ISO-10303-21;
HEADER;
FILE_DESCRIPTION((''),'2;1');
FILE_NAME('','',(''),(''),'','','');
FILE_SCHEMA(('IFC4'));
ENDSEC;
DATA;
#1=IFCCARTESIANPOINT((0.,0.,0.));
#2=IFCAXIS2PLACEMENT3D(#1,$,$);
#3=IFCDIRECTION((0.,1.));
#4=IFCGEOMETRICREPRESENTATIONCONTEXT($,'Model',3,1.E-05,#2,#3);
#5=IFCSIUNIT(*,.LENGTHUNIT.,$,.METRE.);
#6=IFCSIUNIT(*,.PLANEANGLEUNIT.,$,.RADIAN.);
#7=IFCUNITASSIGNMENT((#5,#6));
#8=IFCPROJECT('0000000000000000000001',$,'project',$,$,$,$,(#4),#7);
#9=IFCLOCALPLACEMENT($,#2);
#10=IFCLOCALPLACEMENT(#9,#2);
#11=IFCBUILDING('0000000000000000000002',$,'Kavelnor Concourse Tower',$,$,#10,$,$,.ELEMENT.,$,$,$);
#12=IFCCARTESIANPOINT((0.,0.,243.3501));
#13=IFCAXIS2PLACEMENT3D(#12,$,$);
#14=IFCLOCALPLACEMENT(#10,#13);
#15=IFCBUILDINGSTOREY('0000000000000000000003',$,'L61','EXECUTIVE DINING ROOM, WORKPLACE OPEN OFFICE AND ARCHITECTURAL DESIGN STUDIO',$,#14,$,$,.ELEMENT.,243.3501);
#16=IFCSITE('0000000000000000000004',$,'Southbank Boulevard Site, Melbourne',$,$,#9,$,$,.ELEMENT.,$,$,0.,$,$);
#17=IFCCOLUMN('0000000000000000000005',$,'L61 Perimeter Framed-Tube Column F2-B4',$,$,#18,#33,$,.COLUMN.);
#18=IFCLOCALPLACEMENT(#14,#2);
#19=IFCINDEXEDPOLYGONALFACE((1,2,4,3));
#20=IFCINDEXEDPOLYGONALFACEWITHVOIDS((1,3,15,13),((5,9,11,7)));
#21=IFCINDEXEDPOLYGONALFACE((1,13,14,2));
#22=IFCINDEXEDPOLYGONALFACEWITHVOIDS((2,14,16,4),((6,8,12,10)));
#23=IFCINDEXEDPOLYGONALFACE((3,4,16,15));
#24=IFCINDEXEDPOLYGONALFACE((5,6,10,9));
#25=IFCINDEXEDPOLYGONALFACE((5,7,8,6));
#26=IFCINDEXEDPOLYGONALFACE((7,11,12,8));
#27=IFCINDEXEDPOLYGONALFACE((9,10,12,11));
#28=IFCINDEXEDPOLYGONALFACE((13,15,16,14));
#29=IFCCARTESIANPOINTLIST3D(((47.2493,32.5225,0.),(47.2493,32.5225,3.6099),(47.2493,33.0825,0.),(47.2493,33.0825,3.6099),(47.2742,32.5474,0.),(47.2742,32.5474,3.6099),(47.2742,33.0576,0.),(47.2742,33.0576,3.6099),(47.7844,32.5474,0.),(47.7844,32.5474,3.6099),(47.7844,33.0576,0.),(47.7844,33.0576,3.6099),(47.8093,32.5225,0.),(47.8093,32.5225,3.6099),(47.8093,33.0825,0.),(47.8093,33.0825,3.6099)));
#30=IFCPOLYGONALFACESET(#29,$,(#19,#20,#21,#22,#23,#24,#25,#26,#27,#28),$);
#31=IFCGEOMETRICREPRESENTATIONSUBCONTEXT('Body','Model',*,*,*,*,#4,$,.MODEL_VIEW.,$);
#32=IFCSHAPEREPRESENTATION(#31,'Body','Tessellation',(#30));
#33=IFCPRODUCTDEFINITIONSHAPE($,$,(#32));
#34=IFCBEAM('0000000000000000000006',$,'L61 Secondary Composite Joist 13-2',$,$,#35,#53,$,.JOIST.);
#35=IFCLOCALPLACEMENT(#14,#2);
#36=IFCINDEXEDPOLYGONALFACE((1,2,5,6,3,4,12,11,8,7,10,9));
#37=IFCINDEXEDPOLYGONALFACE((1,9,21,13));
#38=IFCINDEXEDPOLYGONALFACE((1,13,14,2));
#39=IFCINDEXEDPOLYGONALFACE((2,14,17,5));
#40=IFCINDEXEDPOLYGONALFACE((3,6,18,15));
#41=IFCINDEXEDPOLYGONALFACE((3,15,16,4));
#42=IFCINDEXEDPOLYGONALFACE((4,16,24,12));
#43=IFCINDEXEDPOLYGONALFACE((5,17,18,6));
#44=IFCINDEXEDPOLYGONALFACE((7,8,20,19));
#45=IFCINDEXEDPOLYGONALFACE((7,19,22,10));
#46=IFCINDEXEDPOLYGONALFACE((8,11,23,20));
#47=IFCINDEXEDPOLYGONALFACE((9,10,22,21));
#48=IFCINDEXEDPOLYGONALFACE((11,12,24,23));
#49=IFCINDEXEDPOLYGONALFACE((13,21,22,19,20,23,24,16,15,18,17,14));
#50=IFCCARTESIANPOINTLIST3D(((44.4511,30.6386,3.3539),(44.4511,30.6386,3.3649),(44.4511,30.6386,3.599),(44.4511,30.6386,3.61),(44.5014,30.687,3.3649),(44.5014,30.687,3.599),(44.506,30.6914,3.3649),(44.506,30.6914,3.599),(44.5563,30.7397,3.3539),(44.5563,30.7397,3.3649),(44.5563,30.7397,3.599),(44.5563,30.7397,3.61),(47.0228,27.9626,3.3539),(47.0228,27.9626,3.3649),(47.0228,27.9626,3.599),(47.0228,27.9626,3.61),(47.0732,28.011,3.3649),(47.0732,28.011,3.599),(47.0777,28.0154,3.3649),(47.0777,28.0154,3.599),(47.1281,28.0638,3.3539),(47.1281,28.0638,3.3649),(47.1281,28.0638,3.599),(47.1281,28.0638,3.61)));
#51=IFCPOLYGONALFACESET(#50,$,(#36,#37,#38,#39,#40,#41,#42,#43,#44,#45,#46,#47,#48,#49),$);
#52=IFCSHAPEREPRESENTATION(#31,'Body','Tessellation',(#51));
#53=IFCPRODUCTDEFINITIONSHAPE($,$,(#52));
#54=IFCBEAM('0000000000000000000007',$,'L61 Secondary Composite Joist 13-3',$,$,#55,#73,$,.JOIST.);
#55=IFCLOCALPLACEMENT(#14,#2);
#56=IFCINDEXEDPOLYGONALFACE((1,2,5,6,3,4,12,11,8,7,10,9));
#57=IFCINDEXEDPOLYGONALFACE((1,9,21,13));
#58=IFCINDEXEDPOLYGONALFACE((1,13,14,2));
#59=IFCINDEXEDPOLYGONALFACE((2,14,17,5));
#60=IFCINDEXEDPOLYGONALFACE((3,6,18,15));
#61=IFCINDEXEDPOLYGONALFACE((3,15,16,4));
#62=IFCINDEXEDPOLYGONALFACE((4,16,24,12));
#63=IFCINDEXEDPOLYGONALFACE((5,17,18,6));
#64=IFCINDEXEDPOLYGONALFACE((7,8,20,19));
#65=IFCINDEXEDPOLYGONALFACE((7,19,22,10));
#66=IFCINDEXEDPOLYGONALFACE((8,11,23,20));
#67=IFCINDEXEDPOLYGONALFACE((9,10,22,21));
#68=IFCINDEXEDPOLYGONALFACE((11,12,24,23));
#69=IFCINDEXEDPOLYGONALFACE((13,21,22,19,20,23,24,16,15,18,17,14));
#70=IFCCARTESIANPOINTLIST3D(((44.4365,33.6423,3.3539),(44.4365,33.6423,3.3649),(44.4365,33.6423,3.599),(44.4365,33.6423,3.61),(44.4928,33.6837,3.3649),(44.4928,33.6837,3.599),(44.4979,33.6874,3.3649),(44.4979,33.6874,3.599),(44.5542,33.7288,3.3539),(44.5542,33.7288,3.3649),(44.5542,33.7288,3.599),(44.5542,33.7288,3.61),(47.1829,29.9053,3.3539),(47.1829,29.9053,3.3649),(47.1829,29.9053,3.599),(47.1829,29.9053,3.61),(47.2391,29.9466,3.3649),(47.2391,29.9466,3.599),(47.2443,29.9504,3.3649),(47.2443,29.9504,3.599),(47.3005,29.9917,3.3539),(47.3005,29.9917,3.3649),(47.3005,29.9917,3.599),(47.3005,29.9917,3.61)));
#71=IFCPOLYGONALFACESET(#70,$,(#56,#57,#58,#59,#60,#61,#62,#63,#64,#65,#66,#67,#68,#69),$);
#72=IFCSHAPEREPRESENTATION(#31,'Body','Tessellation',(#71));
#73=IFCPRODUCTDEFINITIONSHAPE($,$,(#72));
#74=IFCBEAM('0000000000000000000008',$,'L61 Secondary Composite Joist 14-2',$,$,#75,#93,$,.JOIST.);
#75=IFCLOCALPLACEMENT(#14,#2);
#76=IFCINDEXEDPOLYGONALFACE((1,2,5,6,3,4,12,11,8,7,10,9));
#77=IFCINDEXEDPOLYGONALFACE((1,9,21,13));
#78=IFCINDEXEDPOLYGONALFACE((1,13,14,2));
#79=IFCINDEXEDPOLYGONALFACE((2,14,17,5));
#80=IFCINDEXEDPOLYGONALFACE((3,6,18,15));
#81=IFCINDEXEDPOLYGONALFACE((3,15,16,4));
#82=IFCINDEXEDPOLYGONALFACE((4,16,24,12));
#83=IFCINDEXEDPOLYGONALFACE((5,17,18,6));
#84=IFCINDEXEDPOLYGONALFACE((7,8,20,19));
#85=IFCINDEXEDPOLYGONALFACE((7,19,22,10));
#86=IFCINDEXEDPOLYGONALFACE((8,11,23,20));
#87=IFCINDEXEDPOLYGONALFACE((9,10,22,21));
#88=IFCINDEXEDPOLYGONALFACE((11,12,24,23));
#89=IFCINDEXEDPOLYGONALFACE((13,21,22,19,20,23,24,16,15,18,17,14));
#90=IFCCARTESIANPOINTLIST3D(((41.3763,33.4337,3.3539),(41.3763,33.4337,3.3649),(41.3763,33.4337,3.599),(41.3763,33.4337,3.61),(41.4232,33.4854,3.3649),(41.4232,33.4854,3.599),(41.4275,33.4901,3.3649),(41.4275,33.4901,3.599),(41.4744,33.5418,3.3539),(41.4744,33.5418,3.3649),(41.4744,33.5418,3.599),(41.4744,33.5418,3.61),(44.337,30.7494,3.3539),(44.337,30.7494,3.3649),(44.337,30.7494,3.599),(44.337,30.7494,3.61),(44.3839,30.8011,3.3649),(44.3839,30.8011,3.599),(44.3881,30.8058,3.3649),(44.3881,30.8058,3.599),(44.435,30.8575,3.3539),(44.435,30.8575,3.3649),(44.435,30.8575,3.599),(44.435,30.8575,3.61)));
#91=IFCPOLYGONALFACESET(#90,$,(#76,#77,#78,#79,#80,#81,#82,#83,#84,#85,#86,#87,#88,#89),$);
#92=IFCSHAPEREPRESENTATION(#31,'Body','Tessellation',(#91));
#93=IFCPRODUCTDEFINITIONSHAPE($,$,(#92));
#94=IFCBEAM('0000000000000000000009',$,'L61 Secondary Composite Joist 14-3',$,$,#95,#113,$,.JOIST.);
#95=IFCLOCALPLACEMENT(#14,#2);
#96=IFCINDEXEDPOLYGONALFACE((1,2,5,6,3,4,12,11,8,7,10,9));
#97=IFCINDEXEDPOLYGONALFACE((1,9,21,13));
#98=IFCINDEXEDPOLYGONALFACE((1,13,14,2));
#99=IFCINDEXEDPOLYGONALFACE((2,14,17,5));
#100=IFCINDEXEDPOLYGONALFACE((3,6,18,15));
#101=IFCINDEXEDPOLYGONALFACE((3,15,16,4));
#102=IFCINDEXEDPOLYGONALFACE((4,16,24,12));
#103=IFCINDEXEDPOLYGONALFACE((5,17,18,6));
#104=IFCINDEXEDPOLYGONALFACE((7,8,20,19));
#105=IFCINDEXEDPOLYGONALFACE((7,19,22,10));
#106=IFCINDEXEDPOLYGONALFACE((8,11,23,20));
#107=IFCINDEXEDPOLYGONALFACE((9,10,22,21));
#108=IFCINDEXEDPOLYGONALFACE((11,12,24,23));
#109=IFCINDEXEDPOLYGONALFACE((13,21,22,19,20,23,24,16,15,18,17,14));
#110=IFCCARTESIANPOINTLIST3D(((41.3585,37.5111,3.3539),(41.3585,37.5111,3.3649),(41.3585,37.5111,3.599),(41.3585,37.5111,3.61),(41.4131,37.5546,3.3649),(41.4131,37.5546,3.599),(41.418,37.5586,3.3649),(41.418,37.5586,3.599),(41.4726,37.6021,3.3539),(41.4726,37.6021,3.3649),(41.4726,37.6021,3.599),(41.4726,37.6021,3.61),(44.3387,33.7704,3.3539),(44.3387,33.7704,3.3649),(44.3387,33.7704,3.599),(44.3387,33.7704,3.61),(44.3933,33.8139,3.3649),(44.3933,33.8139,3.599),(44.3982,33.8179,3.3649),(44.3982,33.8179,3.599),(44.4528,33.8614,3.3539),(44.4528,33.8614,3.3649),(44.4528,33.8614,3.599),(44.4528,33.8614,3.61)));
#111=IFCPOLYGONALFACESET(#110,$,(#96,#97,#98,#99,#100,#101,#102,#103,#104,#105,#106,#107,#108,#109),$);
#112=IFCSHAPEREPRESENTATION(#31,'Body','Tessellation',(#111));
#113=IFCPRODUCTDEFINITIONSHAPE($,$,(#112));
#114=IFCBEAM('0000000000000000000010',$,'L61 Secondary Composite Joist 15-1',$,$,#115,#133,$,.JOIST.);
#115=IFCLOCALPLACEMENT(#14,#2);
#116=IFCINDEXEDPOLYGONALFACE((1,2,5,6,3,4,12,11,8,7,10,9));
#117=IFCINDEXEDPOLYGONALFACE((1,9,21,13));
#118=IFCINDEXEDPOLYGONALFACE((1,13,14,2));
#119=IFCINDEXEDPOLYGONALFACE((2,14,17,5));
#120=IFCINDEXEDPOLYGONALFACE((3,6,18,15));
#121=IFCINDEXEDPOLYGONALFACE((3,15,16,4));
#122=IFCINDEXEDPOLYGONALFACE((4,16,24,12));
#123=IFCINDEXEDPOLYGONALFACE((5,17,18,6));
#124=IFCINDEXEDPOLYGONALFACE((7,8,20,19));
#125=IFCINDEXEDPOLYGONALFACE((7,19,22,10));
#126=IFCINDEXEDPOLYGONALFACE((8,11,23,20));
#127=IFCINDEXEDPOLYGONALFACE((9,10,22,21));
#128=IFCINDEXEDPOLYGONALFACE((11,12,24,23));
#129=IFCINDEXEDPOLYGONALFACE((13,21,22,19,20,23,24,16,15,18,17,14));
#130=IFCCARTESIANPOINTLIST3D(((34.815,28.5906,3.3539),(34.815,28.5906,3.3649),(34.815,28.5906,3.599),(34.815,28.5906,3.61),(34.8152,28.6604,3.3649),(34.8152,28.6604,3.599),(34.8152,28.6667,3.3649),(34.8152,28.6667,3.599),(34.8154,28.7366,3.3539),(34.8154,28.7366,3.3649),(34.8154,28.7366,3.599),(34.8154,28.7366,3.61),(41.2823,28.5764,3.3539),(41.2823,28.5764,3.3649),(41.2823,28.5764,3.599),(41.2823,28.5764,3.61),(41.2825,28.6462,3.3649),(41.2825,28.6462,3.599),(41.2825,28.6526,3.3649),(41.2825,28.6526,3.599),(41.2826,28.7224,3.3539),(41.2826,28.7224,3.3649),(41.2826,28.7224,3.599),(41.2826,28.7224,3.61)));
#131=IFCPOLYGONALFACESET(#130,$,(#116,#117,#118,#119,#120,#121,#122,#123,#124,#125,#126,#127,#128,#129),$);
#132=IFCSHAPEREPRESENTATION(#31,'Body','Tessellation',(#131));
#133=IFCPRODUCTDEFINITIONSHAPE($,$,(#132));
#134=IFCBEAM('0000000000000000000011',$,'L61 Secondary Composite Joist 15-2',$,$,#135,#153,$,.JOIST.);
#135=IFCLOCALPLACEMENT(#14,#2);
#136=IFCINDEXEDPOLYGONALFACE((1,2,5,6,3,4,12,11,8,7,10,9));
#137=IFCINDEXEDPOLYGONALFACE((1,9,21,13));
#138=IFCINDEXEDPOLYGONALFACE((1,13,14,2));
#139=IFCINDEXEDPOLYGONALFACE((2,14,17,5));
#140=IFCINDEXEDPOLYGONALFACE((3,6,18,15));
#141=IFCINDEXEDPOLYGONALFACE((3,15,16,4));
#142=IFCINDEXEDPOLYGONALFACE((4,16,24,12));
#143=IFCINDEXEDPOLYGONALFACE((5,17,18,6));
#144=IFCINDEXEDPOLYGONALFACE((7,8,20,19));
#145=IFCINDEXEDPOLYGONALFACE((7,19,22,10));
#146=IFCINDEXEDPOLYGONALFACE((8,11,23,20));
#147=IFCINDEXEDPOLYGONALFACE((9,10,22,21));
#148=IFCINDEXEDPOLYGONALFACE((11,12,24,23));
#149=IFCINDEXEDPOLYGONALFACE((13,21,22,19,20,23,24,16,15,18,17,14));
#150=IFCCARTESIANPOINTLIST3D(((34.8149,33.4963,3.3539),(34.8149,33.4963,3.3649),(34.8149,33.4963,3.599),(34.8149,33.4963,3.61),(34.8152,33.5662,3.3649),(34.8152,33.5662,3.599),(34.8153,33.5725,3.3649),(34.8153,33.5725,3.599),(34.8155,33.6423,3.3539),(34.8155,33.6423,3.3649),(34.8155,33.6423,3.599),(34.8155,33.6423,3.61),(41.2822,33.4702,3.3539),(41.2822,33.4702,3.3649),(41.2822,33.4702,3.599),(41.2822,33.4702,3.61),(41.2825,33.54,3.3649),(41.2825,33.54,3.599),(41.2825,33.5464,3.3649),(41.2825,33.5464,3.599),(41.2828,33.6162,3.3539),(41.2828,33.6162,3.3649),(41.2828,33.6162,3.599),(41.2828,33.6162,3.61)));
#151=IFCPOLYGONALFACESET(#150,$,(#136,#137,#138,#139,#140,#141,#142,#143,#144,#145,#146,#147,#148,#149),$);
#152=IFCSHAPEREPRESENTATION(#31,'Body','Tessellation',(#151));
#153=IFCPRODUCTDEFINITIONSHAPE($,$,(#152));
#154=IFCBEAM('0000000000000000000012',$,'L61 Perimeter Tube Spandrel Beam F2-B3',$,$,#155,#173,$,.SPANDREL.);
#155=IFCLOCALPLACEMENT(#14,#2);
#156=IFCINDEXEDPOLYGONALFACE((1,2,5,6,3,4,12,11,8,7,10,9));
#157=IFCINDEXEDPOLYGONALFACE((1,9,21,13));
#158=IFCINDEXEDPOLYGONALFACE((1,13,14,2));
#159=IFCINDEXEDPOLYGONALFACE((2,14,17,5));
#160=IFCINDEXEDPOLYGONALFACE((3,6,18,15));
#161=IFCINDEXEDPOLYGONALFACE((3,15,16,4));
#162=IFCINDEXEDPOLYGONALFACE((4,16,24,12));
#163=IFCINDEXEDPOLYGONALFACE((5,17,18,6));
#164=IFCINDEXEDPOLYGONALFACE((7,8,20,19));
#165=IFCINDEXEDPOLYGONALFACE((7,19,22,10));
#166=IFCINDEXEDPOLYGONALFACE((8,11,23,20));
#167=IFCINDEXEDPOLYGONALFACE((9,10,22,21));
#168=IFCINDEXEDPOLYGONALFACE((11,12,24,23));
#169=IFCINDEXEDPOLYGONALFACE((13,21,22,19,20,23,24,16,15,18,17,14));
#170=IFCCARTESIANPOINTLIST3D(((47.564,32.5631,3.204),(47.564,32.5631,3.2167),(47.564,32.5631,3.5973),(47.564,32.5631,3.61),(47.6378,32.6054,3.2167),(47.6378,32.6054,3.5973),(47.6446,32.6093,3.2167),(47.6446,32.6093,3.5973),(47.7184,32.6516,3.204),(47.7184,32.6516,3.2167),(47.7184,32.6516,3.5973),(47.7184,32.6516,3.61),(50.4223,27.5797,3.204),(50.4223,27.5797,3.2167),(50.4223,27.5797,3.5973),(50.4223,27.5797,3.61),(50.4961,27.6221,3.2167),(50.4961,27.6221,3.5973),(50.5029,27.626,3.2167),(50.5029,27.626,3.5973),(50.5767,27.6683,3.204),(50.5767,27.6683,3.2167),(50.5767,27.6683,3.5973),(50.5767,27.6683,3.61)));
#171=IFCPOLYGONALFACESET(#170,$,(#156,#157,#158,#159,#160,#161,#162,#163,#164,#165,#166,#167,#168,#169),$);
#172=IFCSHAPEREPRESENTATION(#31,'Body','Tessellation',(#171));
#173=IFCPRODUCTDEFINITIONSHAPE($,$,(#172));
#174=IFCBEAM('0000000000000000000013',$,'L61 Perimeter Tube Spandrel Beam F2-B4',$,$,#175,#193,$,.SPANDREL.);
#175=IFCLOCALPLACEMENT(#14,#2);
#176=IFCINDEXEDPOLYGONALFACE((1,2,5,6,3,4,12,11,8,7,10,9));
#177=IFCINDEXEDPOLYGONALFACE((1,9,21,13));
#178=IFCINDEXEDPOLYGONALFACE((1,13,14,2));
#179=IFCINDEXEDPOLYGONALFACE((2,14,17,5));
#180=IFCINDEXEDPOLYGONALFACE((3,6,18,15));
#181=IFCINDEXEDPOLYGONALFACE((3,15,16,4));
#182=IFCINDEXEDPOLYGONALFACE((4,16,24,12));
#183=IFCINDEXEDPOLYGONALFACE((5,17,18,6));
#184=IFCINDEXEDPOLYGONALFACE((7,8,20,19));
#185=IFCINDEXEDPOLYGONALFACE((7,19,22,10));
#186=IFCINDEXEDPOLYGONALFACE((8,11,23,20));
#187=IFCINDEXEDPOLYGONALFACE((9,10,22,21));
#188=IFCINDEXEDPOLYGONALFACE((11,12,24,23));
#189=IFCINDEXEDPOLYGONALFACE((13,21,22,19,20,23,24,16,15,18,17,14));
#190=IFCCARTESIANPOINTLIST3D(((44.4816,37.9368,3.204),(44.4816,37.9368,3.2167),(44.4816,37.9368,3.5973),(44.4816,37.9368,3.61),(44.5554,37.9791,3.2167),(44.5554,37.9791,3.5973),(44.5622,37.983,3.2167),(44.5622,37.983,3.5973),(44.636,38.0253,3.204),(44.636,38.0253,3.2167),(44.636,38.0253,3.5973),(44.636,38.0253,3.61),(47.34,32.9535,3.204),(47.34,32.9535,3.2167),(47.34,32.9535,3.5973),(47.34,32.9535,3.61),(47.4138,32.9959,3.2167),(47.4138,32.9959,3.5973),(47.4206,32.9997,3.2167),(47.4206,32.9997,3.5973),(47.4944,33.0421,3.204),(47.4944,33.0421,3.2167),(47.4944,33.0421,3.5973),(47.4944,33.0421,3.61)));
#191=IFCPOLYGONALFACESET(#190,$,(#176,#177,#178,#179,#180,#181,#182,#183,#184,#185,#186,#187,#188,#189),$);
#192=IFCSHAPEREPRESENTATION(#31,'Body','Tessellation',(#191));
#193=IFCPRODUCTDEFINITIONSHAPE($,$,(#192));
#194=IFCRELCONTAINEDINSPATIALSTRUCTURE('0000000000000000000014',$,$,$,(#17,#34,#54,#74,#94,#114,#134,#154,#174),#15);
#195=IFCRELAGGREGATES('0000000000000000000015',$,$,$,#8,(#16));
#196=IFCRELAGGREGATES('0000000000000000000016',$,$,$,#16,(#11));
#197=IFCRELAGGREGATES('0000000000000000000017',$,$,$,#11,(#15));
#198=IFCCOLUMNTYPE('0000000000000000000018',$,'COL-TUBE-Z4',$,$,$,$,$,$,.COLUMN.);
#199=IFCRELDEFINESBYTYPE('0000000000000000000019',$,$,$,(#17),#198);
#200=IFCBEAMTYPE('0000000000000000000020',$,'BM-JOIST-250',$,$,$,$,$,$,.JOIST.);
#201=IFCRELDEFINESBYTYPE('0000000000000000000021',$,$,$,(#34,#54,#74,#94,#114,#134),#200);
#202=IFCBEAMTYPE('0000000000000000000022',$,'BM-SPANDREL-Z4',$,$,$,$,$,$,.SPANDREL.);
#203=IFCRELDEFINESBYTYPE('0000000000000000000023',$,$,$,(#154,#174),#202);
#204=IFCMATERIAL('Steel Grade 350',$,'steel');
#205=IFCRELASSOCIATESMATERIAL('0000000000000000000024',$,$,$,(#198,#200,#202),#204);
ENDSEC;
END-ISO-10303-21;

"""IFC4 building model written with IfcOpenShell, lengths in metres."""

from ifc_helpers import new_model, si_unit, direction, frame, origin, origin_2d, place, context, subcontext, project, spatial, hollow_rectangle, i_section, extrude, material, material_profile, profile_set, type_object, element, save


model = new_model("IFC4")

# Units and contexts
model_context = context("Model", 3, precision=1e-05, world=origin(), true_north=direction((0.0, 1.0)))
body_context = subcontext(model_context, "Body", "Model", "MODEL_VIEW")
ifc_project = project(units=[si_unit("LENGTHUNIT", "METRE"), si_unit("PLANEANGLEUNIT", "RADIAN")], contexts=[model_context])

# Site, building, storey
site_placement = place(None, origin())
site = spatial("IfcSite", under=ifc_project, at=site_placement, Name="Southbank Boulevard Site, Melbourne", CompositionType="ELEMENT", RefElevation=0.0)
building_placement = place(site_placement, origin())
building = spatial("IfcBuilding", under=site, at=building_placement, Name="Kavelnor Concourse Tower", CompositionType="ELEMENT")
storey_placement = place(building_placement, frame((0.0, 0.0, 243.3501)))
storey = spatial("IfcBuildingStorey", under=building, at=storey_placement, Name="L61", Description="EXECUTIVE DINING ROOM, WORKPLACE OPEN OFFICE AND ARCHITECTURAL DESIGN STUDIO", CompositionType="ELEMENT", Elevation=243.3501)

# Column
ifc_material_1 = material(Name="Steel Grade 350", Category="steel")
ifc_material_profile_1 = material_profile(ifc_material_1, hollow_rectangle(XDim=0.5601, YDim=0.5601, WallThickness=0.0249, at=origin_2d()), Name="SHS 560x560x25")
ifc_profile_set_1 = profile_set([ifc_material_profile_1], Name="Steel Grade 350")
column_type = type_object("IfcColumnType", Name="COL-TUBE-Z4", PredefinedType="COLUMN", material=ifc_profile_set_1)
column_placement = place(storey_placement, frame((47.5293, 32.8025, 0.0), z_axis=(0.0, 0.0, 1.0), x_axis=(1.0, 0.0, 0.0)))
element("IfcColumn", 1, at=column_placement, inside=storey, type_object=column_type, Name="L61 Perimeter Framed-Tube Column F2-B4", PredefinedType="COLUMN", context=body_context, shape_type="SweptSolid", body=[
    extrude(hollow_rectangle(XDim=0.5601, YDim=0.5601, WallThickness=0.0249, at=origin_2d()), origin(), (0.0, 0.0, 1.0), 3.6099),
])

# Beams
ifc_material_profile_2 = material_profile(ifc_material_1, i_section(OverallWidth=0.146, OverallDepth=0.2561, WebThickness=0.0063, FlangeThickness=0.011, at=origin_2d()), Name="250UB37")
ifc_profile_set_2 = profile_set([ifc_material_profile_2], Name="Steel Grade 350")
beam_type_1 = type_object("IfcBeamType", Name="BM-JOIST-250", PredefinedType="JOIST", material=ifc_profile_set_2)
beam_1_placement = place(storey_placement, frame((47.0754, 28.0132, 3.4819), z_axis=(-0.692923, 0.721011, 0.0), x_axis=(-0.721011, -0.692923, 0.0)))
element("IfcBeam", 2, at=beam_1_placement, inside=storey, type_object=beam_type_1, Name="L61 Secondary Composite Joist 13-2", PredefinedType="JOIST", context=body_context, shape_type="SweptSolid", body=[
    extrude(i_section(OverallWidth=0.146, OverallDepth=0.2561, WebThickness=0.0063, FlangeThickness=0.011, at=origin_2d()), origin(), (0.0, 0.0, 1.0), 3.7114),
])
beam_2_placement = place(storey_placement, frame((47.2417, 29.9485, 3.4819), z_axis=(-0.59218, 0.805805, 0.0), x_axis=(-0.805805, -0.59218, 0.0)))
element("IfcBeam", 3, at=beam_2_placement, inside=storey, type_object=beam_type_1, Name="L61 Secondary Composite Joist 13-3", PredefinedType="JOIST", context=body_context, shape_type="SweptSolid", body=[
    extrude(i_section(OverallWidth=0.146, OverallDepth=0.2561, WebThickness=0.0063, FlangeThickness=0.011, at=origin_2d()), origin(), (0.0, 0.0, 1.0), 4.6377),
])
beam_3_placement = place(storey_placement, frame((44.386, 30.8035, 3.4819), z_axis=(-0.740838, 0.671684, 0.0), x_axis=(-0.671684, -0.740838, 0.0)))
element("IfcBeam", 4, at=beam_3_placement, inside=storey, type_object=beam_type_1, Name="L61 Secondary Composite Joist 14-2", PredefinedType="JOIST", context=body_context, shape_type="SweptSolid", body=[
    extrude(i_section(OverallWidth=0.146, OverallDepth=0.2561, WebThickness=0.0063, FlangeThickness=0.011, at=origin_2d()), origin(), (0.0, 0.0, 1.0), 3.9963),
])
beam_4_placement = place(storey_placement, frame((44.3958, 33.8159, 3.4819), z_axis=(-0.623119, 0.782127, 0.0), x_axis=(-0.782127, -0.623119, 0.0)))
element("IfcBeam", 5, at=beam_4_placement, inside=storey, type_object=beam_type_1, Name="L61 Secondary Composite Joist 14-3", PredefinedType="JOIST", context=body_context, shape_type="SweptSolid", body=[
    extrude(i_section(OverallWidth=0.146, OverallDepth=0.2561, WebThickness=0.0063, FlangeThickness=0.011, at=origin_2d()), origin(), (0.0, 0.0, 1.0), 4.7827),
])
for number, where, z_axis, x_axis, name in (
    (6, (41.2825, 28.6494, 3.4819), (-0.999998, 0.00219, 0.0), (-0.00219, -0.999998, 0.0), "L61 Secondary Composite Joist 15-1"),
    (7, (41.2825, 33.5432, 3.4819), (-0.999992, 0.004039, 0.0), (-0.004039, -0.999992, 0.0), "L61 Secondary Composite Joist 15-2"),
):
    element("IfcBeam", number, at=place(storey_placement, frame(where, z_axis=z_axis, x_axis=x_axis)), inside=storey, type_object=beam_type_1, Name=name, PredefinedType="JOIST", context=body_context, shape_type="SweptSolid", body=[
        extrude(i_section(OverallWidth=0.146, OverallDepth=0.2561, WebThickness=0.0063, FlangeThickness=0.011, at=origin_2d()), origin(), (0.0, 0.0, 1.0), 6.4673),
    ])
ifc_material_profile_3 = material_profile(ifc_material_1, i_section(OverallWidth=0.178, OverallDepth=0.406, WebThickness=0.0078, FlangeThickness=0.0127, at=origin_2d()), Name="410UB59")
ifc_profile_set_3 = profile_set([ifc_material_profile_3], Name="Steel Grade 350")
beam_type_2 = type_object("IfcBeamType", Name="BM-SPANDREL-Z4", PredefinedType="SPANDREL", material=ifc_profile_set_3)
for number, where, z_axis, x_axis, name in (
    (8, (50.4995, 27.624, 3.407), (-0.497548, 0.867437, 0.0), (-0.867437, -0.497548, 0.0), "L61 Perimeter Tube Spandrel Beam F2-B3"),
    (9, (47.4172, 32.9978, 3.407), (-0.497566, 0.867426, 0.0), (-0.867426, -0.497566, 0.0), "L61 Perimeter Tube Spandrel Beam F2-B4"),
):
    element("IfcBeam", number, at=place(storey_placement, frame(where, z_axis=z_axis, x_axis=x_axis)), inside=storey, type_object=beam_type_2, Name=name, PredefinedType="SPANDREL", context=body_context, shape_type="SweptSolid", body=[
        extrude(i_section(OverallWidth=0.178, OverallDepth=0.406, WebThickness=0.0078, FlangeThickness=0.0127, at=origin_2d()), origin(), (0.0, 0.0, 1.0), 5.7449),
    ])

save(model, "model.ifc")
